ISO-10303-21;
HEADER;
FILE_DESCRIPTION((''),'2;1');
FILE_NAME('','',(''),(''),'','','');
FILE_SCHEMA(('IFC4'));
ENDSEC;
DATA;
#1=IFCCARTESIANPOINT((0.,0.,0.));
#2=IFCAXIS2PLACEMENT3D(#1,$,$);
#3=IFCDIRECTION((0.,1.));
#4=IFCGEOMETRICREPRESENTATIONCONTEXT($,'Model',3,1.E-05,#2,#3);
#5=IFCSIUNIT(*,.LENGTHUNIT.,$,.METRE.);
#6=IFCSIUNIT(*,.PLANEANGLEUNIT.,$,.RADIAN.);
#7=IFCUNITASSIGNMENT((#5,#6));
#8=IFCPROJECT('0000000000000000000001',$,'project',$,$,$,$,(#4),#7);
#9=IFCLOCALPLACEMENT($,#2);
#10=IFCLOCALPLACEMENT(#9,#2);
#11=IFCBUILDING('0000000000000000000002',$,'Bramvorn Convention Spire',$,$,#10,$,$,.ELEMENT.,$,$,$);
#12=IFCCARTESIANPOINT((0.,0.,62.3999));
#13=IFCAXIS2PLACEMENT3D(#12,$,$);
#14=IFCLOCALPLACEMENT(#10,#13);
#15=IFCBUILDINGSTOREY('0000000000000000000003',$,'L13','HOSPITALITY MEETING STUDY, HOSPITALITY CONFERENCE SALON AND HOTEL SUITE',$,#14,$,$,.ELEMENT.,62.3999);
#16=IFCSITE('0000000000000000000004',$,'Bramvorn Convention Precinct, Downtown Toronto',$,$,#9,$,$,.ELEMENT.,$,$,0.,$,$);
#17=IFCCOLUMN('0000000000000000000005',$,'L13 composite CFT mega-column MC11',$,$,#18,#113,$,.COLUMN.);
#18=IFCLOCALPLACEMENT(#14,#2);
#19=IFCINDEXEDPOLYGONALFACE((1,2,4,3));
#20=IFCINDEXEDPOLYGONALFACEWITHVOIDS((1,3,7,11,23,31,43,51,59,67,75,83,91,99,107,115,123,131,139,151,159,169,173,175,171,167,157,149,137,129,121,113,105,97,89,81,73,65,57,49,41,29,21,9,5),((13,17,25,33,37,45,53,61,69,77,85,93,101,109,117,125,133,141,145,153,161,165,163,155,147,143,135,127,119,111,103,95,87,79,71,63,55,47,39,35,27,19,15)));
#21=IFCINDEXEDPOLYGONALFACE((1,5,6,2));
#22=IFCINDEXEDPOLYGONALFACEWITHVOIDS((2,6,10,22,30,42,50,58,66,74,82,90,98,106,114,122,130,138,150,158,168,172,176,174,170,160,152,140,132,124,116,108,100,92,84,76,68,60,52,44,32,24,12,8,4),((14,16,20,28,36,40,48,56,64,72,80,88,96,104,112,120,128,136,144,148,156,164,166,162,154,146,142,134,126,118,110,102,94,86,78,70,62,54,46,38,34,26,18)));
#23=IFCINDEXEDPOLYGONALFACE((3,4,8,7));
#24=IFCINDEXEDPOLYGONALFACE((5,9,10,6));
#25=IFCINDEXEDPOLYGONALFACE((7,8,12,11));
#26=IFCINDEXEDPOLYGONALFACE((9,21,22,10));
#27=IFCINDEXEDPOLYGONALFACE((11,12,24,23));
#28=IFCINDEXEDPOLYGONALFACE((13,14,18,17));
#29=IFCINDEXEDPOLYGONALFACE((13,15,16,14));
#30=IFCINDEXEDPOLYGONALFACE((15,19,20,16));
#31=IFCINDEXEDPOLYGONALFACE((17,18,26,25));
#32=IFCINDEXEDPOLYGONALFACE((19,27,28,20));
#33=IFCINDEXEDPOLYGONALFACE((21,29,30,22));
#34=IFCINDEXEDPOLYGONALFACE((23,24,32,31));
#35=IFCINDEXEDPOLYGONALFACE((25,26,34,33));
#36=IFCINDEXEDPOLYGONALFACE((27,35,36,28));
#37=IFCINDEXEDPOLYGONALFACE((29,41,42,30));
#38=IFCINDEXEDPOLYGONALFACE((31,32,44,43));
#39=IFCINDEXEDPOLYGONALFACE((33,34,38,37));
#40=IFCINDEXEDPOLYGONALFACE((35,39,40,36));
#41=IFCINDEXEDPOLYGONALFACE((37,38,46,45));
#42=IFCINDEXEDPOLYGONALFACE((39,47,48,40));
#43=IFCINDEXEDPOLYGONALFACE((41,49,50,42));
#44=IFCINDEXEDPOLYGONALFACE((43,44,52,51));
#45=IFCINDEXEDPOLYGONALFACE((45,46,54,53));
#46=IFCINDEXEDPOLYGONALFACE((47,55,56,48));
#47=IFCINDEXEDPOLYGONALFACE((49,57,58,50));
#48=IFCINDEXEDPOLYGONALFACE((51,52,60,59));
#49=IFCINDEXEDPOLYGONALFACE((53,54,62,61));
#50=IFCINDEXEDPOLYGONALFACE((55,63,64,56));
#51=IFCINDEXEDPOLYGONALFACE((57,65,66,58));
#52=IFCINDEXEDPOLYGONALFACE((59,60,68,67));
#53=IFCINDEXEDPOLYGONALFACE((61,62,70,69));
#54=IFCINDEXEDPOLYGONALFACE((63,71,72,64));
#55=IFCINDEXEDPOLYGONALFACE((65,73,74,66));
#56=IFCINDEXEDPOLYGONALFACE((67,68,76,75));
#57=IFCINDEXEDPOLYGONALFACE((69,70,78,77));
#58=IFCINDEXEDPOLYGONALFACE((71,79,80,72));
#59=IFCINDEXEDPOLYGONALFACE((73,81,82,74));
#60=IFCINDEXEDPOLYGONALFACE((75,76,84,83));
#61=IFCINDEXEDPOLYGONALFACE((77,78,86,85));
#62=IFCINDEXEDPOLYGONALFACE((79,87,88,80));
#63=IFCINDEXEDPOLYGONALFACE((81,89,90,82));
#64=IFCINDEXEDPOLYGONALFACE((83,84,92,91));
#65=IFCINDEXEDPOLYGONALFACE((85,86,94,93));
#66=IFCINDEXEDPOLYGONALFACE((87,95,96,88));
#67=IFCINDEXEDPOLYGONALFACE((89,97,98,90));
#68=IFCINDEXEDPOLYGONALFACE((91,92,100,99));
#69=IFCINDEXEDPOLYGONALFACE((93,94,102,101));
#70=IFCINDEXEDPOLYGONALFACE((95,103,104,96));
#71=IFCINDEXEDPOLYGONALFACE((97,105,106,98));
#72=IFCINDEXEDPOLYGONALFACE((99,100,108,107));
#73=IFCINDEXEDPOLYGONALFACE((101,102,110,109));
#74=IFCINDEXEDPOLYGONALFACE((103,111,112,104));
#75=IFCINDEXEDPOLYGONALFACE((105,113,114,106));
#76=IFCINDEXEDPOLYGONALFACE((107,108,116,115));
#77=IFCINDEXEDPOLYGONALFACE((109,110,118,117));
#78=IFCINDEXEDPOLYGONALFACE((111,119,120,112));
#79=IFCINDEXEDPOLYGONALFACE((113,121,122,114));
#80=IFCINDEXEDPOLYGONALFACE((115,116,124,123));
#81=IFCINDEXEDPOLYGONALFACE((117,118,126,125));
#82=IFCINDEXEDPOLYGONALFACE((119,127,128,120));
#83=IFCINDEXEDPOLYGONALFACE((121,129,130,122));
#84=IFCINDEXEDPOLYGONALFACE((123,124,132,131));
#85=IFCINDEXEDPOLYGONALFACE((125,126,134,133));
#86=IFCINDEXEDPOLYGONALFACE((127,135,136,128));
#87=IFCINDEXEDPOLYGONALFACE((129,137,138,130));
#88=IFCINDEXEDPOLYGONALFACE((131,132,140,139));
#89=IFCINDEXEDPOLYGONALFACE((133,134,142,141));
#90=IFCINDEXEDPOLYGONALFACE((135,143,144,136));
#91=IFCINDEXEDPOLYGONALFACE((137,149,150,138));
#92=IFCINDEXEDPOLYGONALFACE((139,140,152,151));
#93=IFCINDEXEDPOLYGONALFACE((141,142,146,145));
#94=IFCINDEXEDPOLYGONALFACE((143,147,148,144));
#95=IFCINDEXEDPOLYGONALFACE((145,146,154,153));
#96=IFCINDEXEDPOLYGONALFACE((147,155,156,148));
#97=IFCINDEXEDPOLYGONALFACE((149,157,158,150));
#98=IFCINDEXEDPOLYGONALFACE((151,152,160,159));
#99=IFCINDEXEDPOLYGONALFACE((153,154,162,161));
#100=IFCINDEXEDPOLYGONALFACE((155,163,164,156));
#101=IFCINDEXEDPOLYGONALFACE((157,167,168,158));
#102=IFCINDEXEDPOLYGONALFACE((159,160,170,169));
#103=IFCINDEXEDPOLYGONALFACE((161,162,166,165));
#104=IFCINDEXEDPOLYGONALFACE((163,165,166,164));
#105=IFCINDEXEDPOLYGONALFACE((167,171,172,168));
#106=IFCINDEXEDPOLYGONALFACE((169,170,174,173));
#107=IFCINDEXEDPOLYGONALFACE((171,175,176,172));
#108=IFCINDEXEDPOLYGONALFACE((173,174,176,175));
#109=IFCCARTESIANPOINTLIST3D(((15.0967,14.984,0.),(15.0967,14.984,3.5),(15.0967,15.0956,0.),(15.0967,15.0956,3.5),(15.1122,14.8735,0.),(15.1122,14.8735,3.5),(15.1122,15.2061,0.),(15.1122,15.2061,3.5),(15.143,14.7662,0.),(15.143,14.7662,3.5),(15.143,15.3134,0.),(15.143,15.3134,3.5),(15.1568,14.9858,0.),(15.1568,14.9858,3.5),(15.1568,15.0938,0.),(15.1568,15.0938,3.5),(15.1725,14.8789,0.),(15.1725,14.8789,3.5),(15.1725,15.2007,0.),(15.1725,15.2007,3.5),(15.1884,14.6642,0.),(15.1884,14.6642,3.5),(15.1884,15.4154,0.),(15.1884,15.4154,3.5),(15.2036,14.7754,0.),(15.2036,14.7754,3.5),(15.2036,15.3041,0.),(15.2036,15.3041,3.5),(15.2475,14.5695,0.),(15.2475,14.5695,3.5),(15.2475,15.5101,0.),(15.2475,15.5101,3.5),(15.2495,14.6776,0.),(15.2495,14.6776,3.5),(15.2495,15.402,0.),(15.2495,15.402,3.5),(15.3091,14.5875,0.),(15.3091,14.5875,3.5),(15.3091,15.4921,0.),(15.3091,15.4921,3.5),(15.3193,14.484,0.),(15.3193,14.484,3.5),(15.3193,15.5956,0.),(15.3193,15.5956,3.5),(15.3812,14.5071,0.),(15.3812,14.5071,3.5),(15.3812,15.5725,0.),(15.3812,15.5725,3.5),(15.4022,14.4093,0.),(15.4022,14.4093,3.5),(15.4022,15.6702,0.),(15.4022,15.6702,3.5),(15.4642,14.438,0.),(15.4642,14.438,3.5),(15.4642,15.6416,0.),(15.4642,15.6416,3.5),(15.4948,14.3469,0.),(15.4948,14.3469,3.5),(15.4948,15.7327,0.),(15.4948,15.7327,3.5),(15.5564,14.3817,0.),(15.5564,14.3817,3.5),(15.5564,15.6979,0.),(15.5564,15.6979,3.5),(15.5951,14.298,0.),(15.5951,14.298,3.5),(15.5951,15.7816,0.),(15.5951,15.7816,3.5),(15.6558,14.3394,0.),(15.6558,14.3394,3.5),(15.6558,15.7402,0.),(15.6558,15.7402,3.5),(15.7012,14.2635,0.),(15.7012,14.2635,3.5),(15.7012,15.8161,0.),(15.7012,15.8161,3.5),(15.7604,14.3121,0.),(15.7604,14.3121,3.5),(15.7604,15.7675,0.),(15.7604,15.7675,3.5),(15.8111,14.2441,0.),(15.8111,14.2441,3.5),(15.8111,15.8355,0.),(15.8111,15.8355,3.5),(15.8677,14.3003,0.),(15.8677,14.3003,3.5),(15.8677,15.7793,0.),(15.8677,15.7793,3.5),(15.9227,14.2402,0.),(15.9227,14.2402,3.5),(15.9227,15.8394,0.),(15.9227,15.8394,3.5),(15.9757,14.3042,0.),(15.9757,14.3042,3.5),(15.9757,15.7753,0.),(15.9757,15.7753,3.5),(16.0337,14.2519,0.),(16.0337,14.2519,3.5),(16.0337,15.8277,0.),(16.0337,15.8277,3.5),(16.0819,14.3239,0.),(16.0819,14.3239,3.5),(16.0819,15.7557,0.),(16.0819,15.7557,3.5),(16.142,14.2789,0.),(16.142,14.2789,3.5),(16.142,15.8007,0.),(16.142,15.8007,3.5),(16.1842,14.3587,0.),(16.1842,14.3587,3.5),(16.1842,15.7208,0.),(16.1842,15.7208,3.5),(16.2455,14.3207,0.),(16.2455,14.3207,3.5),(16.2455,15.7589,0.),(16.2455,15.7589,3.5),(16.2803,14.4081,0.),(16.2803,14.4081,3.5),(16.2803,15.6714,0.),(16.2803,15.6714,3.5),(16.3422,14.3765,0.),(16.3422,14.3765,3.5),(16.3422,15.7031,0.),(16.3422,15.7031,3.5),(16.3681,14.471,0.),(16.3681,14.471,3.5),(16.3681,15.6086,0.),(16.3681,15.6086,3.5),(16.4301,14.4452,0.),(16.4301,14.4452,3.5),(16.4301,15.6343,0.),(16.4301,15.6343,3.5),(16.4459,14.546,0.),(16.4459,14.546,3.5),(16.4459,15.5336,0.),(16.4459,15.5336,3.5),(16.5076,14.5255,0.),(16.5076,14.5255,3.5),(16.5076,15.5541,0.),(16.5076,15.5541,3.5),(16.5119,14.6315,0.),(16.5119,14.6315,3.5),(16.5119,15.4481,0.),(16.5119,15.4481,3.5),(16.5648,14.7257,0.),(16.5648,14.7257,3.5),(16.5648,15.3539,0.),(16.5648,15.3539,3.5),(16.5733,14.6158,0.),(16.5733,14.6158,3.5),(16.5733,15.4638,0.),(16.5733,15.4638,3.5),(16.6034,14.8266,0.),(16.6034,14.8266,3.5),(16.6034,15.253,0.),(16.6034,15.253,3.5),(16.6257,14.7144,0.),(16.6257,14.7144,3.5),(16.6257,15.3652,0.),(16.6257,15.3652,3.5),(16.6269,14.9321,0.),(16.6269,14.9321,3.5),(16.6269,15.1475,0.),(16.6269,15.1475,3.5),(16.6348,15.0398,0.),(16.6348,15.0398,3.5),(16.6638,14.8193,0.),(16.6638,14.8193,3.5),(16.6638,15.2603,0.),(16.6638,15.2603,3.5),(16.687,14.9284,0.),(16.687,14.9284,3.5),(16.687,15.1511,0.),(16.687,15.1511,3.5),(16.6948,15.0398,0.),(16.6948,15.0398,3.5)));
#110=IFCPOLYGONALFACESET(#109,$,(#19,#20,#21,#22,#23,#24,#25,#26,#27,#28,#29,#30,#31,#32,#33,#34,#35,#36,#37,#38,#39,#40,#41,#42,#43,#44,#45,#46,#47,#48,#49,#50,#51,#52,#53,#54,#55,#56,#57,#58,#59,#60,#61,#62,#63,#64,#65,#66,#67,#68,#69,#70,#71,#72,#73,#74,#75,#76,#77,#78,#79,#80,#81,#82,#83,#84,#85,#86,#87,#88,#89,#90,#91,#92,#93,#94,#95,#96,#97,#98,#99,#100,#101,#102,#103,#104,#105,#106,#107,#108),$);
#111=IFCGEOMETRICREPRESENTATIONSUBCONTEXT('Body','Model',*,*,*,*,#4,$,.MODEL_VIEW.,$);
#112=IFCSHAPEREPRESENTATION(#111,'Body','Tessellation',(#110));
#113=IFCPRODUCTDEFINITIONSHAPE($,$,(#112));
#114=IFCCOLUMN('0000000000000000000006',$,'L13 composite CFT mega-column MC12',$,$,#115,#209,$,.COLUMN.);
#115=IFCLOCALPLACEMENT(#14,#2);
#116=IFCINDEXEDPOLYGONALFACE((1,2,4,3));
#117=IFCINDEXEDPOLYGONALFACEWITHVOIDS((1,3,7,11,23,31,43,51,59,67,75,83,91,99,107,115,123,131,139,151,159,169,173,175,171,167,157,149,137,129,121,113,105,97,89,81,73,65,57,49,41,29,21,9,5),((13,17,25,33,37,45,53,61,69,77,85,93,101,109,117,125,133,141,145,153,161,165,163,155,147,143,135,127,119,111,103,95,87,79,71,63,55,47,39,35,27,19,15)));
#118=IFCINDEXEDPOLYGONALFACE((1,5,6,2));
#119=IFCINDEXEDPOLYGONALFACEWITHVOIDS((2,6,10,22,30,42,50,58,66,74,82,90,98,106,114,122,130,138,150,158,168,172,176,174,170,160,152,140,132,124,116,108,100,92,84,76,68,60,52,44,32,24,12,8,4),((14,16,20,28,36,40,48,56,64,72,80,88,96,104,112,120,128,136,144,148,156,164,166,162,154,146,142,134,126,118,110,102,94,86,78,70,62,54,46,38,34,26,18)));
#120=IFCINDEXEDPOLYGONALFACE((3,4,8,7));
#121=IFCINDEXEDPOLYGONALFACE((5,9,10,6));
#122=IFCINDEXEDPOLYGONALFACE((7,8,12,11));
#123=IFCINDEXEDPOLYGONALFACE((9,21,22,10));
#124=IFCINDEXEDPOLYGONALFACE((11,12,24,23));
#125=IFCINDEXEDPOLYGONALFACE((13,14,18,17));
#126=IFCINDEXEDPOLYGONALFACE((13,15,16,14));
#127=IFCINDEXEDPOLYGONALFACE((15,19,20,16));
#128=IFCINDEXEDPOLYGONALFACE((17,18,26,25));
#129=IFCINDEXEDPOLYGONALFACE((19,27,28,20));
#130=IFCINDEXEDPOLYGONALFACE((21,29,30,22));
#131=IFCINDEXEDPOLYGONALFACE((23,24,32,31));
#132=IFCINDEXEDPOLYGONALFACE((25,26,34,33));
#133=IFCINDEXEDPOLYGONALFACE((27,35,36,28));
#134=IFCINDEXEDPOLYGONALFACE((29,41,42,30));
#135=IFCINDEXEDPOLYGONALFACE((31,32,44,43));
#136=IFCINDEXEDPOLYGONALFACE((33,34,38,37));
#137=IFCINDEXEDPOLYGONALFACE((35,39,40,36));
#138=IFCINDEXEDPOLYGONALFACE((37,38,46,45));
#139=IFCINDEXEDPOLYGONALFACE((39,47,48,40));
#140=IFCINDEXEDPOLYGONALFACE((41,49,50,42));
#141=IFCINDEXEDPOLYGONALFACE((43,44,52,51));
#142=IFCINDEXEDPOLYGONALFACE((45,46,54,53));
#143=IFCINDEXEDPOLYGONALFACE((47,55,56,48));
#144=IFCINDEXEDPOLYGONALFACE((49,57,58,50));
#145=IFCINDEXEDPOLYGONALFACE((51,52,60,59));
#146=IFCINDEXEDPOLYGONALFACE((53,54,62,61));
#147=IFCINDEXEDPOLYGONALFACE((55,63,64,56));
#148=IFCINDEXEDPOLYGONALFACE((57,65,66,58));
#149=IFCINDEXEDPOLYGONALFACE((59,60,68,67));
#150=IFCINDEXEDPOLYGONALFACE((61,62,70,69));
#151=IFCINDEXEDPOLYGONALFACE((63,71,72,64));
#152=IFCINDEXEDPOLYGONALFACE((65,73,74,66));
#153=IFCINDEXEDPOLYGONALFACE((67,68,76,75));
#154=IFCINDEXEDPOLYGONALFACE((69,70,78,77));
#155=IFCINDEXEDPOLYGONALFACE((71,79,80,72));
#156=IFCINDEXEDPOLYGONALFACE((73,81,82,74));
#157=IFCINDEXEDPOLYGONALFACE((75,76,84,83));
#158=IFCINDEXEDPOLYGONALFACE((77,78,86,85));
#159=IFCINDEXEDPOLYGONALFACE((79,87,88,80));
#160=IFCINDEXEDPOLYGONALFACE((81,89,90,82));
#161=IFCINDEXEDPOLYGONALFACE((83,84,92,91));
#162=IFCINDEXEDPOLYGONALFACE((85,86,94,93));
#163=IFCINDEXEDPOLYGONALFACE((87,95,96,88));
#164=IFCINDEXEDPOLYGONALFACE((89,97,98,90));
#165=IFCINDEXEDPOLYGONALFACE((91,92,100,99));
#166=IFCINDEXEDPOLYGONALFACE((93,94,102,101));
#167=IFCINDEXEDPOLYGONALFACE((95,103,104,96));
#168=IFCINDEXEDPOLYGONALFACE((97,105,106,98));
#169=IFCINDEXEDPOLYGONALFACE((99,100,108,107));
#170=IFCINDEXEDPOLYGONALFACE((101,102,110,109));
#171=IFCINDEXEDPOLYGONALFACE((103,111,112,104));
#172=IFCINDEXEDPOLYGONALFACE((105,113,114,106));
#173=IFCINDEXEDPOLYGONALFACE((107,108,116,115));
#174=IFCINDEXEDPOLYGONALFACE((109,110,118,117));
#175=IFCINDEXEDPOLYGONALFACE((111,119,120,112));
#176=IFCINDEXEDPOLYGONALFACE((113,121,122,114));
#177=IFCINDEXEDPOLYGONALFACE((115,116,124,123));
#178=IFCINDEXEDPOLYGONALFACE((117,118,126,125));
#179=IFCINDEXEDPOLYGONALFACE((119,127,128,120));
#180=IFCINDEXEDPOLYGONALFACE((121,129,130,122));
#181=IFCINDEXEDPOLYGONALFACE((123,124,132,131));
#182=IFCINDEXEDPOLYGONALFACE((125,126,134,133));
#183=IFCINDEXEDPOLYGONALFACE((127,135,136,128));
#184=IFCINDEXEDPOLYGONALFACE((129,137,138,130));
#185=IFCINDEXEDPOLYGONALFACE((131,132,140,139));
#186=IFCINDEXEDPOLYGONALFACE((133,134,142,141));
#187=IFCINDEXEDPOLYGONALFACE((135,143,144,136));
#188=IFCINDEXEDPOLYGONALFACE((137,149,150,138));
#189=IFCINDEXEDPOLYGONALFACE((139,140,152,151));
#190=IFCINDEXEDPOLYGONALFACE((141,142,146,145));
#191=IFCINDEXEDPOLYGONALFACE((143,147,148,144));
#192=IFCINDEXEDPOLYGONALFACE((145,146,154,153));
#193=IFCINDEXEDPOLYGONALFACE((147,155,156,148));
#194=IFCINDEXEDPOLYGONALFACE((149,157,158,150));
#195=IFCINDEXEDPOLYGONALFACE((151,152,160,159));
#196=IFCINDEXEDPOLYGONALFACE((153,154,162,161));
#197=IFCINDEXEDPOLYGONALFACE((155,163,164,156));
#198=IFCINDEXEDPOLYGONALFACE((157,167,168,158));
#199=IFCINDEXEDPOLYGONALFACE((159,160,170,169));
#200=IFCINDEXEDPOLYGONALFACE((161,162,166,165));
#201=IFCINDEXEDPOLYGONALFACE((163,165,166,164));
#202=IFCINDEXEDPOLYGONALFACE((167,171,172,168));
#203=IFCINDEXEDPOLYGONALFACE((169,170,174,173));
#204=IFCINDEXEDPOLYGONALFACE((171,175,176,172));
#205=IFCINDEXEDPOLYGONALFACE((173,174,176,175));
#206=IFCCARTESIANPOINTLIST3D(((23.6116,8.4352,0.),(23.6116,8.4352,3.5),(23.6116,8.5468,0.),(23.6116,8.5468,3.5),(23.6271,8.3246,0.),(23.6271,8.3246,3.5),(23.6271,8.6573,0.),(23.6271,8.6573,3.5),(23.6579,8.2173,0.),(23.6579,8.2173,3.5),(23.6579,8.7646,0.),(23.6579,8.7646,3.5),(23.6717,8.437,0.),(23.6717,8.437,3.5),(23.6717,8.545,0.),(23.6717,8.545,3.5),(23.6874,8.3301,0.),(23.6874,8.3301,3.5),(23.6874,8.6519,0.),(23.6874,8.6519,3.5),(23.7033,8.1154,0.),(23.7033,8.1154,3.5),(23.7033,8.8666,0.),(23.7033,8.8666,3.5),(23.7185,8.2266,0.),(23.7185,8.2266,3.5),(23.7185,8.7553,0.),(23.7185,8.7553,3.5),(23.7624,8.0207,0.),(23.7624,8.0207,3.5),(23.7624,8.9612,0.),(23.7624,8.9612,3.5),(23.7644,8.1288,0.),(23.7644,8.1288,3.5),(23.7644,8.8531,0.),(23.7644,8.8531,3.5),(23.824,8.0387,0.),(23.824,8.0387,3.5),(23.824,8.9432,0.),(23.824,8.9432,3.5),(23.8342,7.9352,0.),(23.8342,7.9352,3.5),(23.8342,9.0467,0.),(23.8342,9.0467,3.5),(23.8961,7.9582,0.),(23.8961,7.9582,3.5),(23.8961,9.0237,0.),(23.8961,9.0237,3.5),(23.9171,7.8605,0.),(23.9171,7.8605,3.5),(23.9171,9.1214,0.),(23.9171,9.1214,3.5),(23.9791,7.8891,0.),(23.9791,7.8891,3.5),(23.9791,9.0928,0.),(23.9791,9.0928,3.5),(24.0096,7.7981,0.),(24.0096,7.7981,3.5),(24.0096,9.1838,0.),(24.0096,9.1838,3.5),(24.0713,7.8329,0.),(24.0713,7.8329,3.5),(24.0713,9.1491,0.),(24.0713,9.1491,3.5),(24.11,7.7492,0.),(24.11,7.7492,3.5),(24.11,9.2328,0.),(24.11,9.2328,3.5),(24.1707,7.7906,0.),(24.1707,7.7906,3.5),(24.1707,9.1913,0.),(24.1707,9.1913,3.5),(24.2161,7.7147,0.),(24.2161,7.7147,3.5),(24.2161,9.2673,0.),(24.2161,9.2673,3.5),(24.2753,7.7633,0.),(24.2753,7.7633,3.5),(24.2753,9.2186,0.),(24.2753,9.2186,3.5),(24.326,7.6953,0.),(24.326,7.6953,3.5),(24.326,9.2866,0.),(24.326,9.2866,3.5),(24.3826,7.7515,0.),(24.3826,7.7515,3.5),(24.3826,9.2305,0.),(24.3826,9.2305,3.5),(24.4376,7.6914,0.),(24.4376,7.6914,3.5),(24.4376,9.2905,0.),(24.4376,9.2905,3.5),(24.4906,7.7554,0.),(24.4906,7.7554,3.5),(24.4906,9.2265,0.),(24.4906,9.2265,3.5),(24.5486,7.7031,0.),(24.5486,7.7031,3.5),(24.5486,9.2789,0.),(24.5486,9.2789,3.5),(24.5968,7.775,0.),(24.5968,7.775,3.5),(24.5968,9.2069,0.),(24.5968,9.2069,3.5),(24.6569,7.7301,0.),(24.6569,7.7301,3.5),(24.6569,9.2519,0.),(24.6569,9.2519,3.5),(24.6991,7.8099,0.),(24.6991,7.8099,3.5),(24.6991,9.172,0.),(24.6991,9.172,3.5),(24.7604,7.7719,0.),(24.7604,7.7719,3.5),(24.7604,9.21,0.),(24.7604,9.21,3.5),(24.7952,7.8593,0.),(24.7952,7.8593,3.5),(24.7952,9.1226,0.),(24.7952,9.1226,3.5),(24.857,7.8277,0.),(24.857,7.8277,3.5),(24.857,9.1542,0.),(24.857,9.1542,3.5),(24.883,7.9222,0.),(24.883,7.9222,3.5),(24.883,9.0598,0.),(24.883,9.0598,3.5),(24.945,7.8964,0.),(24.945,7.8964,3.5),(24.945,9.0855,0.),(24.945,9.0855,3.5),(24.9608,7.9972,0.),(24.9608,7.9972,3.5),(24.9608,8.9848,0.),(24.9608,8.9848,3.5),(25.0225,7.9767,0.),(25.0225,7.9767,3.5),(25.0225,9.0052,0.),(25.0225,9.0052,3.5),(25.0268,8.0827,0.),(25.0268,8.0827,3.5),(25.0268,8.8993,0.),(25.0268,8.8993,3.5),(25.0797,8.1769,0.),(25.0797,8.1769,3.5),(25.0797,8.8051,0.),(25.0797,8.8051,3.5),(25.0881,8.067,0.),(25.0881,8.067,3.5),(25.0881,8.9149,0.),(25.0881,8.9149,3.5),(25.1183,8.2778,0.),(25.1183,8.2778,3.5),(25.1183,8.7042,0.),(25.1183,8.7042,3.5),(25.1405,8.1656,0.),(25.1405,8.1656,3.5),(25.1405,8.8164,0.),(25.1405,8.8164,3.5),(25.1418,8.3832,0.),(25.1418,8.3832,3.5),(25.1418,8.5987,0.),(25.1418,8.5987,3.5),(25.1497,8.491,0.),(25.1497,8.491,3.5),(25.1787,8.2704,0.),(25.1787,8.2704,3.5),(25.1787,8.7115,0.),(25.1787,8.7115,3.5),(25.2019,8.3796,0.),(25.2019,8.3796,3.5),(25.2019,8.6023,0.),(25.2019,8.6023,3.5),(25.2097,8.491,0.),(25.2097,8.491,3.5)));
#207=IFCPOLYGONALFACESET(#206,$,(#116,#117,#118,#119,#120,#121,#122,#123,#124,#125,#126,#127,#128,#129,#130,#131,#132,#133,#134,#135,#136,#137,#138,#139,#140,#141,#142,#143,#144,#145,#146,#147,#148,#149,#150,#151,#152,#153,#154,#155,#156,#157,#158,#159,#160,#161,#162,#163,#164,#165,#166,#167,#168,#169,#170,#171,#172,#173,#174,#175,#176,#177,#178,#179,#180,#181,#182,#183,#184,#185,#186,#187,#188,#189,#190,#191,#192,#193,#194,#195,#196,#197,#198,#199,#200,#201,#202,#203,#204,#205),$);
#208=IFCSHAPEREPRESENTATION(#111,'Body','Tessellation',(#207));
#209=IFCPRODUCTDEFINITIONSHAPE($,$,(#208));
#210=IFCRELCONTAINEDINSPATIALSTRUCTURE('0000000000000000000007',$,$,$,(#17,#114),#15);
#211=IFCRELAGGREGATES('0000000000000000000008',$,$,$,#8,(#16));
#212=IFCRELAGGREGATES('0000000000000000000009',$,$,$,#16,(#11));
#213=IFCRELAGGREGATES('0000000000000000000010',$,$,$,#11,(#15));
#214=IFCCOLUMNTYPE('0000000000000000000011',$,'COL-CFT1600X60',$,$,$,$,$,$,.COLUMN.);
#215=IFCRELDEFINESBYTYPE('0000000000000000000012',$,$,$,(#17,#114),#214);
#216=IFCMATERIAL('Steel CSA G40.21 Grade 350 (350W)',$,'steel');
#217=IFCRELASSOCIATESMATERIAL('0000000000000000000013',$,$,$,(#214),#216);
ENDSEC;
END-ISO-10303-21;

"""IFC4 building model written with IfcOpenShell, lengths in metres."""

from ifc_helpers import new_model, si_unit, direction, frame, origin, origin_2d, place, context, subcontext, project, spatial, hollow_circle, extrude, material, material_profile, profile_set, type_object, element, save


model = new_model("IFC4")

# Units and contexts
model_context = context("Model", 3, precision=1e-05, world=origin(), true_north=direction((0.0, 1.0)))
body_context = subcontext(model_context, "Body", "Model", "MODEL_VIEW")
ifc_project = project(units=[si_unit("LENGTHUNIT", "METRE"), si_unit("PLANEANGLEUNIT", "RADIAN")], contexts=[model_context])

# Site, building, storey
site_placement = place(None, origin())
site = spatial("IfcSite", under=ifc_project, at=site_placement, Name="Bramvorn Convention Precinct, Downtown Toronto", CompositionType="ELEMENT", RefElevation=0.0)
building_placement = place(site_placement, origin())
building = spatial("IfcBuilding", under=site, at=building_placement, Name="Bramvorn Convention Spire", CompositionType="ELEMENT")
storey_placement = place(building_placement, frame((0.0, 0.0, 62.3999)))
storey = spatial("IfcBuildingStorey", under=building, at=storey_placement, Name="L13", Description="HOSPITALITY MEETING STUDY, HOSPITALITY CONFERENCE SALON AND HOTEL SUITE", CompositionType="ELEMENT", Elevation=62.3999)

# Columns
ifc_material_1 = material(Name="Steel CSA G40.21 Grade 350 (350W)", Category="steel")
ifc_material_profile_1 = material_profile(ifc_material_1, hollow_circle(Radius=0.8, WallThickness=0.0601, at=origin_2d()))
ifc_profile_set_1 = profile_set([ifc_material_profile_1], Name="Steel CSA G40.21 Grade 350 (350W) - CFT1600X60")
column_type = type_object("IfcColumnType", Name="COL-CFT1600X60", PredefinedType="COLUMN", material=ifc_profile_set_1)
for number, where, z_axis, x_axis, name in (
    (1, (15.8948, 15.0398, 0.0), (0.0, 0.0, 1.0), (1.0, 0.0, 0.0), "L13 composite CFT mega-column MC11"),
    (2, (24.4097, 8.491, 0.0), (0.0, 0.0, 1.0), (1.0, 0.0, 0.0), "L13 composite CFT mega-column MC12"),
):
    element("IfcColumn", number, at=place(storey_placement, frame(where, z_axis=z_axis, x_axis=x_axis)), inside=storey, type_object=column_type, Name=name, PredefinedType="COLUMN", context=body_context, shape_type="SweptSolid", body=[
        extrude(hollow_circle(Radius=0.8, WallThickness=0.0601, at=origin_2d()), origin(), (0.0, 0.0, 1.0), 3.5),
    ])

save(model, "model.ifc")
